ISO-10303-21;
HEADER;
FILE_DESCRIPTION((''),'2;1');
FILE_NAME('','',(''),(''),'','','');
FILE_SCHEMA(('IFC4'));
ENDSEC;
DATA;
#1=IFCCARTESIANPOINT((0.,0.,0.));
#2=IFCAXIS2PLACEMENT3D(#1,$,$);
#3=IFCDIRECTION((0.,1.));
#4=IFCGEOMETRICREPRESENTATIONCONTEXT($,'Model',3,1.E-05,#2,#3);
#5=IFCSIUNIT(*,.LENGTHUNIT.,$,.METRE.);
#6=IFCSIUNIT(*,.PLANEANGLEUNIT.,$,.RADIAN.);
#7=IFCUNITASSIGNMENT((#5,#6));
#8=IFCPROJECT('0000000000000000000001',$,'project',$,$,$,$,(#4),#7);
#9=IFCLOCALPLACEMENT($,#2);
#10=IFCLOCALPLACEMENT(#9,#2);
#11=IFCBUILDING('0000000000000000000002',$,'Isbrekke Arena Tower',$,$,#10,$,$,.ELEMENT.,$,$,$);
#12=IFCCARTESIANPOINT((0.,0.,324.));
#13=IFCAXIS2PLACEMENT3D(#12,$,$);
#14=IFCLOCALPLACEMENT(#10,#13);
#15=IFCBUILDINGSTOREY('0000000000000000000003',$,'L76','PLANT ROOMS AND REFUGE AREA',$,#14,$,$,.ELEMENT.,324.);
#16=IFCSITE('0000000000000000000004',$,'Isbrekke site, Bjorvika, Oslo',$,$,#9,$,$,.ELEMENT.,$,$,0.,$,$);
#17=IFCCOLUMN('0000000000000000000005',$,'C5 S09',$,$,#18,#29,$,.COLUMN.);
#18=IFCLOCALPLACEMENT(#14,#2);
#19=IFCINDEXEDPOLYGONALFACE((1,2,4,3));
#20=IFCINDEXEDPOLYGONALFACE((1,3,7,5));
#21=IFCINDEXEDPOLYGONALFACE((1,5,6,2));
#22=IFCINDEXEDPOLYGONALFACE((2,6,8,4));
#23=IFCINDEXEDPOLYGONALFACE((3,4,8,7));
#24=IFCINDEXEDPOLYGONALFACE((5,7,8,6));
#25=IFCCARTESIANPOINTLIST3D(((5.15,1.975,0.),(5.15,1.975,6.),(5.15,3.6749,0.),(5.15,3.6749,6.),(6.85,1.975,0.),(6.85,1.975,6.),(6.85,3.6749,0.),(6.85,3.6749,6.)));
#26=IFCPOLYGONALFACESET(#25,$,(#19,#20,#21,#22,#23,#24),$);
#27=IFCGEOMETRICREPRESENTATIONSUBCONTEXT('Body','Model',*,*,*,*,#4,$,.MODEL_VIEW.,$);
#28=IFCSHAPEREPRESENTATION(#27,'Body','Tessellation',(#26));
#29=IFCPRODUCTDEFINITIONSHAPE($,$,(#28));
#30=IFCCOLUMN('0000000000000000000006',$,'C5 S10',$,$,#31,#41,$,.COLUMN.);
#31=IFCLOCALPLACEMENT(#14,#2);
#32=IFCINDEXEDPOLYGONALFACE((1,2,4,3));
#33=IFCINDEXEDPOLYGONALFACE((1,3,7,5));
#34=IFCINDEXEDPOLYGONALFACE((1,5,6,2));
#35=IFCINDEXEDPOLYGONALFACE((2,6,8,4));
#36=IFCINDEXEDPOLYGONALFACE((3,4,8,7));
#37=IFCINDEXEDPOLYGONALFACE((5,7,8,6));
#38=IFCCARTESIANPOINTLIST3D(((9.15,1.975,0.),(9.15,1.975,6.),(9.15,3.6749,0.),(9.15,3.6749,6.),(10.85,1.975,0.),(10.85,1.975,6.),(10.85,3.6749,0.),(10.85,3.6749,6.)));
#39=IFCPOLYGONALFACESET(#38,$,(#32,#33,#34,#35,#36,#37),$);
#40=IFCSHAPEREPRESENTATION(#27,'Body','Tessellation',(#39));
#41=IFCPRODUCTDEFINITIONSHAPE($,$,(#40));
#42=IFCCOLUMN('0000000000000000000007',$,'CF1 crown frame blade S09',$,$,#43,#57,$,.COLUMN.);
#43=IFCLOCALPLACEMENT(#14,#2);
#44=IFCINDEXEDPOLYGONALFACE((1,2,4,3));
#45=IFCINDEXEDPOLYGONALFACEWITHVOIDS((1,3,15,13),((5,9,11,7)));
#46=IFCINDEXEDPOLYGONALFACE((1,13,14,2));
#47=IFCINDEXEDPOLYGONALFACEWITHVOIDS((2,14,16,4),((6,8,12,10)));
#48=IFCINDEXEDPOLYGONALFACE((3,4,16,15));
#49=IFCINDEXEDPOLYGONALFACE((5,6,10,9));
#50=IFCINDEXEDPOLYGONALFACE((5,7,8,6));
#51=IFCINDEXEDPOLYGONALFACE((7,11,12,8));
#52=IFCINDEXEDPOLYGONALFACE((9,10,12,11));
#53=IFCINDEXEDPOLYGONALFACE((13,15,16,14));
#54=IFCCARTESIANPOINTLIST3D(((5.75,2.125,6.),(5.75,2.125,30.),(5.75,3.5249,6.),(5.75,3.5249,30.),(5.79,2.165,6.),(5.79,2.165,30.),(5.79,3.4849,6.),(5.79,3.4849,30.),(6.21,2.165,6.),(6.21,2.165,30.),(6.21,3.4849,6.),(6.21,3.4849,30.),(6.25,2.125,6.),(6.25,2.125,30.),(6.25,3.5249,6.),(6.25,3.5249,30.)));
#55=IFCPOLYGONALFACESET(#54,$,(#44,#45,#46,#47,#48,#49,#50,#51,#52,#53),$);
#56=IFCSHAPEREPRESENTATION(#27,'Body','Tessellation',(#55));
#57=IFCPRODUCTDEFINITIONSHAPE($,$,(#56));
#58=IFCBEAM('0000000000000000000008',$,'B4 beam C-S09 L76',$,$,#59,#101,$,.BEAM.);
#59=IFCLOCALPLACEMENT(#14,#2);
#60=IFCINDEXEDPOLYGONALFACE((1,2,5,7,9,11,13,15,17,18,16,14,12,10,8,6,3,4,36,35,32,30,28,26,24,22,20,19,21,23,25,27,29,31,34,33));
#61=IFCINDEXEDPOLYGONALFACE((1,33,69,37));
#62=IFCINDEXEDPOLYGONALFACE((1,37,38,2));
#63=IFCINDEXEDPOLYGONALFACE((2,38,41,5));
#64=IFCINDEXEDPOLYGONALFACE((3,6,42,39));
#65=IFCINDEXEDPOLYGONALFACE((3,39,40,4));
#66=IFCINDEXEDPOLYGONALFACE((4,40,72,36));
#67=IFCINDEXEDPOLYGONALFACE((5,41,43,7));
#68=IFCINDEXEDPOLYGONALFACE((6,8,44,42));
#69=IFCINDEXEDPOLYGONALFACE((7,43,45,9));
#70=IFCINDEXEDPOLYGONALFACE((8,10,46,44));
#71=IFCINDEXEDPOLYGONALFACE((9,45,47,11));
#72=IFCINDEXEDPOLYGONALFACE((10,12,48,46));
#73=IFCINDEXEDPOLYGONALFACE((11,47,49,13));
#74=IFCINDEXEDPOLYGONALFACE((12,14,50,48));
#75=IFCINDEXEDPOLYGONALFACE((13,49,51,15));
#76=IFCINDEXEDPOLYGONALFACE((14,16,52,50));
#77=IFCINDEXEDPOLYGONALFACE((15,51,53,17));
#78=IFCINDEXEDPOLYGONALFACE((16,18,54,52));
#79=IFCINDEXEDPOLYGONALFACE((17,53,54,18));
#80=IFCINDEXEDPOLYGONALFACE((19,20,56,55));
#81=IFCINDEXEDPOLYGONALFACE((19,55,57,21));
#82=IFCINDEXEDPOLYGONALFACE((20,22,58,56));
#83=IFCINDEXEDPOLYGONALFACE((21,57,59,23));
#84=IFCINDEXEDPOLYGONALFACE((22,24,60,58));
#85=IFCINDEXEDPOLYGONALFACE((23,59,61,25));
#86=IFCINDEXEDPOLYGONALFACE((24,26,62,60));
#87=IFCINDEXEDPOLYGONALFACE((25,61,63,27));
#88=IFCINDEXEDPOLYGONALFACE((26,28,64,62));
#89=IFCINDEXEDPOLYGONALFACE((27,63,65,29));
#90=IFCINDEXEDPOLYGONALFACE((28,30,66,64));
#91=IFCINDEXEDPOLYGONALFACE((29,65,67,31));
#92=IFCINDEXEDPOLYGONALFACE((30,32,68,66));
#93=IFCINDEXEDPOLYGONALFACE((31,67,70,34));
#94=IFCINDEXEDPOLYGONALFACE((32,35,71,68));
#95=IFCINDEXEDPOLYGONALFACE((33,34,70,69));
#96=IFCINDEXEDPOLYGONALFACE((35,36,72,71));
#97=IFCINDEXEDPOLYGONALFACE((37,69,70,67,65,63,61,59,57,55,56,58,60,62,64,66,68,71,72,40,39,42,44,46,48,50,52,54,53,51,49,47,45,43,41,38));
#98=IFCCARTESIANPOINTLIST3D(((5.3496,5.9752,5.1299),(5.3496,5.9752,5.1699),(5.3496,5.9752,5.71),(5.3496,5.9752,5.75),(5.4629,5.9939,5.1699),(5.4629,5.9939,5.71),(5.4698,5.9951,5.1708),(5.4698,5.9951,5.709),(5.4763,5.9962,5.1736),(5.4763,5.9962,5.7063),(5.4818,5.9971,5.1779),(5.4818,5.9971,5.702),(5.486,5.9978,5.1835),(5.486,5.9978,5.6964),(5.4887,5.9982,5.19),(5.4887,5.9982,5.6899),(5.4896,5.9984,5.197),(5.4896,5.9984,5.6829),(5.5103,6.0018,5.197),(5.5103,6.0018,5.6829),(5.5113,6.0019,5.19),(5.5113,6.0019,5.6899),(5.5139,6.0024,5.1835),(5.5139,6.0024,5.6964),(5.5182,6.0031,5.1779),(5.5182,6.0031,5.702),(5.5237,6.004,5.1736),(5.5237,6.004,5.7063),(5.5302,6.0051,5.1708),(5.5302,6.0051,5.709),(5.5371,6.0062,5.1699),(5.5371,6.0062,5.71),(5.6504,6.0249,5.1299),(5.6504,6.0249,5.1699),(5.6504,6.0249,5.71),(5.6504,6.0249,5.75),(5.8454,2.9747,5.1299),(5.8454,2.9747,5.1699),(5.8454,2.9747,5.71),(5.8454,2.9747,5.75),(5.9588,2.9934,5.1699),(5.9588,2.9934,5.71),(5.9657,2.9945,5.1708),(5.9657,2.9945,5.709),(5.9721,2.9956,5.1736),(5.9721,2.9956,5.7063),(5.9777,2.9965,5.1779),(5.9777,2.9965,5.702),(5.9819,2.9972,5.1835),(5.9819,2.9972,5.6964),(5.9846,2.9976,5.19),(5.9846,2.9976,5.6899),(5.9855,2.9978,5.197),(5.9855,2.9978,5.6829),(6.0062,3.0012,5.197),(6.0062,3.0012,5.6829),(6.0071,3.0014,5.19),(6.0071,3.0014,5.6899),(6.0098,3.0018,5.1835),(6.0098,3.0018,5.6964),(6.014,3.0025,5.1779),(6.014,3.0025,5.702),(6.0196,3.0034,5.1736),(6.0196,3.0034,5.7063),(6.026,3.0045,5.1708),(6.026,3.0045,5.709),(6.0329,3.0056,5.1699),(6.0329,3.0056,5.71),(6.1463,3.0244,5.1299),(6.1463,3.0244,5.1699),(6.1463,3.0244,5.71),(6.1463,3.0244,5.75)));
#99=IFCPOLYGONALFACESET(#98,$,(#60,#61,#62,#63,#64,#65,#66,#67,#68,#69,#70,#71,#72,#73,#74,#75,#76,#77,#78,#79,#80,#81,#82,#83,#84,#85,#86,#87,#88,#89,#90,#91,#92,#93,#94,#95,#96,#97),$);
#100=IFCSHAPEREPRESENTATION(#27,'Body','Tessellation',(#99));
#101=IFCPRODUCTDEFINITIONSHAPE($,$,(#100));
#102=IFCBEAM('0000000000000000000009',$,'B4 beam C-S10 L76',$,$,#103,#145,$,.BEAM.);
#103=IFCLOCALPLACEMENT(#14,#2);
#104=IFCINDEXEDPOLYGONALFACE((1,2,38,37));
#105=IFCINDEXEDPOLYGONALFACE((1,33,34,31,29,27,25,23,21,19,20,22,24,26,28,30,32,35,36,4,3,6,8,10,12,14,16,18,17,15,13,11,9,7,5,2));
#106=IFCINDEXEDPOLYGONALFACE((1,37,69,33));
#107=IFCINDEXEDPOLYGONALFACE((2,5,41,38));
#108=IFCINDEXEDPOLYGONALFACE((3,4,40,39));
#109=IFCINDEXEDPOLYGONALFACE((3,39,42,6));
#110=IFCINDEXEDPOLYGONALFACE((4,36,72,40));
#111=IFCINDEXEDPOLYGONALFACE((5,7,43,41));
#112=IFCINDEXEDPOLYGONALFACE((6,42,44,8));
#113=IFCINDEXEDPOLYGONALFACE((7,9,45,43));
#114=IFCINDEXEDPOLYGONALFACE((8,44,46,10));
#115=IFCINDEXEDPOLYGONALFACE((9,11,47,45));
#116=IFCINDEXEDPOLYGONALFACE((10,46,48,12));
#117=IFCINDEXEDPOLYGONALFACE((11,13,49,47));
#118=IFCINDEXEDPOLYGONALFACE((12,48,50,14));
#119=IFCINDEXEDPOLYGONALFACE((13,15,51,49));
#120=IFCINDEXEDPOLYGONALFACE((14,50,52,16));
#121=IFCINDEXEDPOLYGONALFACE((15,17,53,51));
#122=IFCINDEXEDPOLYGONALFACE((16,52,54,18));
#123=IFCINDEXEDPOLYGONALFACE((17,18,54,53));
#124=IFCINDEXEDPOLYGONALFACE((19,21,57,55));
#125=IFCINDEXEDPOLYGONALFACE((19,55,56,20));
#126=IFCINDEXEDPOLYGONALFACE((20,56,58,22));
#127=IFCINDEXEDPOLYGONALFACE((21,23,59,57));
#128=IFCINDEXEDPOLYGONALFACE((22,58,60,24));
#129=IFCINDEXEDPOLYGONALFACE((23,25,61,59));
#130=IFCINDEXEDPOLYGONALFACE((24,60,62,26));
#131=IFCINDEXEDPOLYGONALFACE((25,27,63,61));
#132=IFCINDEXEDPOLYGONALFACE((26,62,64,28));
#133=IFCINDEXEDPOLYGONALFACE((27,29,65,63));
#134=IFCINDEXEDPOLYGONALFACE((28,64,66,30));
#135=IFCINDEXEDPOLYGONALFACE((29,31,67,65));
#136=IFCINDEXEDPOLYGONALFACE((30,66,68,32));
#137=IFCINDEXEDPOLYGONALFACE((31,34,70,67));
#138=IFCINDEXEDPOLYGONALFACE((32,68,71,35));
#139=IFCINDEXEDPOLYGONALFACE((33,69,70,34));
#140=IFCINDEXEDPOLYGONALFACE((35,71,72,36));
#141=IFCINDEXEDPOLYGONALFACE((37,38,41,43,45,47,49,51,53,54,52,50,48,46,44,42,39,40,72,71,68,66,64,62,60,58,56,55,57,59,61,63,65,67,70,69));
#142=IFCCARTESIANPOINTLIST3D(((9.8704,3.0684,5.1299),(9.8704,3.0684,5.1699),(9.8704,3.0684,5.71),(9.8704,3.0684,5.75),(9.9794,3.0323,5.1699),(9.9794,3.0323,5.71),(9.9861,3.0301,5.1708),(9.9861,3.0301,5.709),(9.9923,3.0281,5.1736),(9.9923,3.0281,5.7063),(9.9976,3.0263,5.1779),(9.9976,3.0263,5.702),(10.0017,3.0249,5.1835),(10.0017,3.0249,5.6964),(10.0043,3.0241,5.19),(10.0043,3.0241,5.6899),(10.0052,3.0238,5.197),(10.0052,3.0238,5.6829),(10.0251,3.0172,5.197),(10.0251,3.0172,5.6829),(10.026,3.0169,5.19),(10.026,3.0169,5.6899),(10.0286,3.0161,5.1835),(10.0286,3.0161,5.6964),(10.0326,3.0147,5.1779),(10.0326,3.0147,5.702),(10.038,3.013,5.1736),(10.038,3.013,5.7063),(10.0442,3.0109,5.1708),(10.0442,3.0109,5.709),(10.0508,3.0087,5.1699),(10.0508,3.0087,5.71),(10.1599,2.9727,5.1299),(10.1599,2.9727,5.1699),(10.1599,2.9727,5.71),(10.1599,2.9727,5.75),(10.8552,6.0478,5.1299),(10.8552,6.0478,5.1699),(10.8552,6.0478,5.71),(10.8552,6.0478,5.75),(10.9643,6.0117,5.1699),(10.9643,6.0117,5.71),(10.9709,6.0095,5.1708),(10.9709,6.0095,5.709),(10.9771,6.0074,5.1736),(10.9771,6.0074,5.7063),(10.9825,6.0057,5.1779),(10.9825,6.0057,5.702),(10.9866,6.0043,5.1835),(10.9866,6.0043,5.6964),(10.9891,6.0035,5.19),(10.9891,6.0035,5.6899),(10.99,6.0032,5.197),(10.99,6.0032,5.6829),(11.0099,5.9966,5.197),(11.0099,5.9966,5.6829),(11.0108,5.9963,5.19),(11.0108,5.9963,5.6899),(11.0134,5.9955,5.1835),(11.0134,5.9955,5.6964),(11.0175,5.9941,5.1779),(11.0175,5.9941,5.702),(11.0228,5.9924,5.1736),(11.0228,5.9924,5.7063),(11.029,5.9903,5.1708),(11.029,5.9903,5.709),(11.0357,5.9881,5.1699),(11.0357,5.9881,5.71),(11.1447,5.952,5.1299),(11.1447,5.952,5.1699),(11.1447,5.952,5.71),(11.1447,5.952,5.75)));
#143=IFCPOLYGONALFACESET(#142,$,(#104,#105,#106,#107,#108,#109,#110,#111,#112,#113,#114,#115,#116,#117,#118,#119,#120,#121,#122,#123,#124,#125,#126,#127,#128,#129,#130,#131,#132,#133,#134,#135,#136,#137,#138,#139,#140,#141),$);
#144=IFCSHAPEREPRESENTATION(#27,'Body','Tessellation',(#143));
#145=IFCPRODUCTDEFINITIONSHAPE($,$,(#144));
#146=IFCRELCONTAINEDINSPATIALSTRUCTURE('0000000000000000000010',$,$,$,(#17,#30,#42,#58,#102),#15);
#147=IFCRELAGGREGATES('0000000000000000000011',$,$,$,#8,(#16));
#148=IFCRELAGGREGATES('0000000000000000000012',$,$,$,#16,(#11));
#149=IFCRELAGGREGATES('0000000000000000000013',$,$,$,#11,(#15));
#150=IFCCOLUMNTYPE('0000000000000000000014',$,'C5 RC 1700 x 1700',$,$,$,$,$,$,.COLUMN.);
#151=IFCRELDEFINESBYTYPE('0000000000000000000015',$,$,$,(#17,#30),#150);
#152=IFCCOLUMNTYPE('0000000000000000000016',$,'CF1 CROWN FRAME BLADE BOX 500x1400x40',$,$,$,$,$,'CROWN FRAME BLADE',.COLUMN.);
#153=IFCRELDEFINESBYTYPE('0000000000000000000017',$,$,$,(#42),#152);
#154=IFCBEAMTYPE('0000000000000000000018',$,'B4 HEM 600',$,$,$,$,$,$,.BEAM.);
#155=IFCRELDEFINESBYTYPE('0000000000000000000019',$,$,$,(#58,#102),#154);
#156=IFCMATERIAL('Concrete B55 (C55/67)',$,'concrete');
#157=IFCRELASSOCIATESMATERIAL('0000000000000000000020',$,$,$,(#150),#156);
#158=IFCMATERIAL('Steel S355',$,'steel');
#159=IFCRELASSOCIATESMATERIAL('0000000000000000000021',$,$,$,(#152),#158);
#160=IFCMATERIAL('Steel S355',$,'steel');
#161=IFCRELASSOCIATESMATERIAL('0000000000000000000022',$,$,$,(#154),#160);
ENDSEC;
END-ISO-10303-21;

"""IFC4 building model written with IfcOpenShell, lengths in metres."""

from ifc_helpers import new_model, si_unit, direction, frame, origin, origin_2d, place, context, subcontext, project, spatial, rectangle, hollow_rectangle, i_section, extrude, material, material_profile, profile_set, type_object, element, save


model = new_model("IFC4")

# Units and contexts
model_context = context("Model", 3, precision=1e-05, world=origin(), true_north=direction((0.0, 1.0)))
body_context = subcontext(model_context, "Body", "Model", "MODEL_VIEW")
ifc_project = project(units=[si_unit("LENGTHUNIT", "METRE"), si_unit("PLANEANGLEUNIT", "RADIAN")], contexts=[model_context])

# Site, building, storey
site_placement = place(None, origin())
site = spatial("IfcSite", under=ifc_project, at=site_placement, Name="Isbrekke site, Bjorvika, Oslo", CompositionType="ELEMENT", RefElevation=0.0)
building_placement = place(site_placement, origin())
building = spatial("IfcBuilding", under=site, at=building_placement, Name="Isbrekke Arena Tower", CompositionType="ELEMENT")
storey_placement = place(building_placement, frame((0.0, 0.0, 324.0)))
storey = spatial("IfcBuildingStorey", under=building, at=storey_placement, Name="L76", Description="PLANT ROOMS AND REFUGE AREA", CompositionType="ELEMENT", Elevation=324.0)

# Columns
ifc_material_1 = material(Name="Concrete B55 (C55/67)", Category="concrete")
ifc_material_profile_1 = material_profile(ifc_material_1, rectangle(XDim=1.7, YDim=1.7, at=origin_2d()), Name="RC 1700x1700")
ifc_profile_set_1 = profile_set([ifc_material_profile_1], Name="Concrete B55 (C55/67)")
column_type_1 = type_object("IfcColumnType", Name="C5 RC 1700 x 1700", PredefinedType="COLUMN", material=ifc_profile_set_1)
for number, where, z_axis, x_axis, name in (
    (1, (6.0, 2.825, 0.0), (0.0, 0.0, 1.0), (1.0, 0.0, 0.0), "C5 S09"),
    (2, (10.0, 2.825, 0.0), (0.0, 0.0, 1.0), (1.0, 0.0, 0.0), "C5 S10"),
):
    element("IfcColumn", number, at=place(storey_placement, frame(where, z_axis=z_axis, x_axis=x_axis)), inside=storey, type_object=column_type_1, Name=name, PredefinedType="COLUMN", context=body_context, shape_type="SweptSolid", body=[
        extrude(rectangle(XDim=1.7, YDim=1.7, at=origin_2d()), origin(), (0.0, 0.0, 1.0), 6.0),
    ])
ifc_material_2 = material(Name="Steel S355", Category="steel")
ifc_material_profile_2 = material_profile(ifc_material_2, hollow_rectangle(XDim=0.5, YDim=1.3999, WallThickness=0.04, at=origin_2d()), Name="BOX 500x1400x40")
ifc_profile_set_2 = profile_set([ifc_material_profile_2], Name="Steel S355")
column_type_2 = type_object("IfcColumnType", Name="CF1 CROWN FRAME BLADE BOX 500x1400x40", ElementType="CROWN FRAME BLADE", PredefinedType="COLUMN", material=ifc_profile_set_2)
column_placement = place(storey_placement, frame((6.0, 2.825, 6.0), z_axis=(0.0, 0.0, 1.0), x_axis=(1.0, 0.0, 0.0)))
element("IfcColumn", 3, at=column_placement, inside=storey, type_object=column_type_2, Name="CF1 crown frame blade S09", PredefinedType="COLUMN", context=body_context, shape_type="SweptSolid", body=[
    extrude(hollow_rectangle(XDim=0.5, YDim=1.3999, WallThickness=0.04, at=origin_2d()), origin(), (0.0, 0.0, 1.0), 24.0),
])

# Beams
ifc_material_3 = material(Name="Steel S355", Category="steel")
ifc_material_profile_3 = material_profile(ifc_material_3, i_section(OverallWidth=0.3049, OverallDepth=0.6201, WebThickness=0.021, FlangeThickness=0.04, FilletRadius=0.0271, at=origin_2d()), Name="HEM 600")
ifc_profile_set_3 = profile_set([ifc_material_profile_3], Name="Steel S355")
beam_type_1 = type_object("IfcBeamType", Name="B4 HEM 600", PredefinedType="BEAM", material=ifc_profile_set_3)
beam_1_placement = place(storey_placement, frame((5.9958, 2.9995, 5.4399), z_axis=(-0.163045, 0.986619, 0.0), x_axis=(-0.986619, -0.163045, 0.0)))
element("IfcBeam", 4, at=beam_1_placement, inside=storey, type_object=beam_type_1, Name="B4 beam C-S09 L76", PredefinedType="BEAM", context=body_context, shape_type="SweptSolid", body=[
    extrude(i_section(OverallWidth=0.3049, OverallDepth=0.6201, WebThickness=0.021, FlangeThickness=0.04, FilletRadius=0.0271, at=origin_2d()), origin(), (0.0, 0.0, 1.0), 3.0413),
])
beam_2_placement = place(storey_placement, frame((10.0151, 3.0205, 5.4399), z_axis=(0.313846, 0.949474, 0.0), x_axis=(-0.949474, 0.313846, 0.0)))
element("IfcBeam", 5, at=beam_2_placement, inside=storey, type_object=beam_type_1, Name="B4 beam C-S10 L76", PredefinedType="BEAM", context=body_context, shape_type="SweptSolid", body=[
    extrude(i_section(OverallWidth=0.3049, OverallDepth=0.6201, WebThickness=0.021, FlangeThickness=0.04, FilletRadius=0.0271, at=origin_2d()), origin(), (0.0, 0.0, 1.0), 3.1379),
])

save(model, "model.ifc")
